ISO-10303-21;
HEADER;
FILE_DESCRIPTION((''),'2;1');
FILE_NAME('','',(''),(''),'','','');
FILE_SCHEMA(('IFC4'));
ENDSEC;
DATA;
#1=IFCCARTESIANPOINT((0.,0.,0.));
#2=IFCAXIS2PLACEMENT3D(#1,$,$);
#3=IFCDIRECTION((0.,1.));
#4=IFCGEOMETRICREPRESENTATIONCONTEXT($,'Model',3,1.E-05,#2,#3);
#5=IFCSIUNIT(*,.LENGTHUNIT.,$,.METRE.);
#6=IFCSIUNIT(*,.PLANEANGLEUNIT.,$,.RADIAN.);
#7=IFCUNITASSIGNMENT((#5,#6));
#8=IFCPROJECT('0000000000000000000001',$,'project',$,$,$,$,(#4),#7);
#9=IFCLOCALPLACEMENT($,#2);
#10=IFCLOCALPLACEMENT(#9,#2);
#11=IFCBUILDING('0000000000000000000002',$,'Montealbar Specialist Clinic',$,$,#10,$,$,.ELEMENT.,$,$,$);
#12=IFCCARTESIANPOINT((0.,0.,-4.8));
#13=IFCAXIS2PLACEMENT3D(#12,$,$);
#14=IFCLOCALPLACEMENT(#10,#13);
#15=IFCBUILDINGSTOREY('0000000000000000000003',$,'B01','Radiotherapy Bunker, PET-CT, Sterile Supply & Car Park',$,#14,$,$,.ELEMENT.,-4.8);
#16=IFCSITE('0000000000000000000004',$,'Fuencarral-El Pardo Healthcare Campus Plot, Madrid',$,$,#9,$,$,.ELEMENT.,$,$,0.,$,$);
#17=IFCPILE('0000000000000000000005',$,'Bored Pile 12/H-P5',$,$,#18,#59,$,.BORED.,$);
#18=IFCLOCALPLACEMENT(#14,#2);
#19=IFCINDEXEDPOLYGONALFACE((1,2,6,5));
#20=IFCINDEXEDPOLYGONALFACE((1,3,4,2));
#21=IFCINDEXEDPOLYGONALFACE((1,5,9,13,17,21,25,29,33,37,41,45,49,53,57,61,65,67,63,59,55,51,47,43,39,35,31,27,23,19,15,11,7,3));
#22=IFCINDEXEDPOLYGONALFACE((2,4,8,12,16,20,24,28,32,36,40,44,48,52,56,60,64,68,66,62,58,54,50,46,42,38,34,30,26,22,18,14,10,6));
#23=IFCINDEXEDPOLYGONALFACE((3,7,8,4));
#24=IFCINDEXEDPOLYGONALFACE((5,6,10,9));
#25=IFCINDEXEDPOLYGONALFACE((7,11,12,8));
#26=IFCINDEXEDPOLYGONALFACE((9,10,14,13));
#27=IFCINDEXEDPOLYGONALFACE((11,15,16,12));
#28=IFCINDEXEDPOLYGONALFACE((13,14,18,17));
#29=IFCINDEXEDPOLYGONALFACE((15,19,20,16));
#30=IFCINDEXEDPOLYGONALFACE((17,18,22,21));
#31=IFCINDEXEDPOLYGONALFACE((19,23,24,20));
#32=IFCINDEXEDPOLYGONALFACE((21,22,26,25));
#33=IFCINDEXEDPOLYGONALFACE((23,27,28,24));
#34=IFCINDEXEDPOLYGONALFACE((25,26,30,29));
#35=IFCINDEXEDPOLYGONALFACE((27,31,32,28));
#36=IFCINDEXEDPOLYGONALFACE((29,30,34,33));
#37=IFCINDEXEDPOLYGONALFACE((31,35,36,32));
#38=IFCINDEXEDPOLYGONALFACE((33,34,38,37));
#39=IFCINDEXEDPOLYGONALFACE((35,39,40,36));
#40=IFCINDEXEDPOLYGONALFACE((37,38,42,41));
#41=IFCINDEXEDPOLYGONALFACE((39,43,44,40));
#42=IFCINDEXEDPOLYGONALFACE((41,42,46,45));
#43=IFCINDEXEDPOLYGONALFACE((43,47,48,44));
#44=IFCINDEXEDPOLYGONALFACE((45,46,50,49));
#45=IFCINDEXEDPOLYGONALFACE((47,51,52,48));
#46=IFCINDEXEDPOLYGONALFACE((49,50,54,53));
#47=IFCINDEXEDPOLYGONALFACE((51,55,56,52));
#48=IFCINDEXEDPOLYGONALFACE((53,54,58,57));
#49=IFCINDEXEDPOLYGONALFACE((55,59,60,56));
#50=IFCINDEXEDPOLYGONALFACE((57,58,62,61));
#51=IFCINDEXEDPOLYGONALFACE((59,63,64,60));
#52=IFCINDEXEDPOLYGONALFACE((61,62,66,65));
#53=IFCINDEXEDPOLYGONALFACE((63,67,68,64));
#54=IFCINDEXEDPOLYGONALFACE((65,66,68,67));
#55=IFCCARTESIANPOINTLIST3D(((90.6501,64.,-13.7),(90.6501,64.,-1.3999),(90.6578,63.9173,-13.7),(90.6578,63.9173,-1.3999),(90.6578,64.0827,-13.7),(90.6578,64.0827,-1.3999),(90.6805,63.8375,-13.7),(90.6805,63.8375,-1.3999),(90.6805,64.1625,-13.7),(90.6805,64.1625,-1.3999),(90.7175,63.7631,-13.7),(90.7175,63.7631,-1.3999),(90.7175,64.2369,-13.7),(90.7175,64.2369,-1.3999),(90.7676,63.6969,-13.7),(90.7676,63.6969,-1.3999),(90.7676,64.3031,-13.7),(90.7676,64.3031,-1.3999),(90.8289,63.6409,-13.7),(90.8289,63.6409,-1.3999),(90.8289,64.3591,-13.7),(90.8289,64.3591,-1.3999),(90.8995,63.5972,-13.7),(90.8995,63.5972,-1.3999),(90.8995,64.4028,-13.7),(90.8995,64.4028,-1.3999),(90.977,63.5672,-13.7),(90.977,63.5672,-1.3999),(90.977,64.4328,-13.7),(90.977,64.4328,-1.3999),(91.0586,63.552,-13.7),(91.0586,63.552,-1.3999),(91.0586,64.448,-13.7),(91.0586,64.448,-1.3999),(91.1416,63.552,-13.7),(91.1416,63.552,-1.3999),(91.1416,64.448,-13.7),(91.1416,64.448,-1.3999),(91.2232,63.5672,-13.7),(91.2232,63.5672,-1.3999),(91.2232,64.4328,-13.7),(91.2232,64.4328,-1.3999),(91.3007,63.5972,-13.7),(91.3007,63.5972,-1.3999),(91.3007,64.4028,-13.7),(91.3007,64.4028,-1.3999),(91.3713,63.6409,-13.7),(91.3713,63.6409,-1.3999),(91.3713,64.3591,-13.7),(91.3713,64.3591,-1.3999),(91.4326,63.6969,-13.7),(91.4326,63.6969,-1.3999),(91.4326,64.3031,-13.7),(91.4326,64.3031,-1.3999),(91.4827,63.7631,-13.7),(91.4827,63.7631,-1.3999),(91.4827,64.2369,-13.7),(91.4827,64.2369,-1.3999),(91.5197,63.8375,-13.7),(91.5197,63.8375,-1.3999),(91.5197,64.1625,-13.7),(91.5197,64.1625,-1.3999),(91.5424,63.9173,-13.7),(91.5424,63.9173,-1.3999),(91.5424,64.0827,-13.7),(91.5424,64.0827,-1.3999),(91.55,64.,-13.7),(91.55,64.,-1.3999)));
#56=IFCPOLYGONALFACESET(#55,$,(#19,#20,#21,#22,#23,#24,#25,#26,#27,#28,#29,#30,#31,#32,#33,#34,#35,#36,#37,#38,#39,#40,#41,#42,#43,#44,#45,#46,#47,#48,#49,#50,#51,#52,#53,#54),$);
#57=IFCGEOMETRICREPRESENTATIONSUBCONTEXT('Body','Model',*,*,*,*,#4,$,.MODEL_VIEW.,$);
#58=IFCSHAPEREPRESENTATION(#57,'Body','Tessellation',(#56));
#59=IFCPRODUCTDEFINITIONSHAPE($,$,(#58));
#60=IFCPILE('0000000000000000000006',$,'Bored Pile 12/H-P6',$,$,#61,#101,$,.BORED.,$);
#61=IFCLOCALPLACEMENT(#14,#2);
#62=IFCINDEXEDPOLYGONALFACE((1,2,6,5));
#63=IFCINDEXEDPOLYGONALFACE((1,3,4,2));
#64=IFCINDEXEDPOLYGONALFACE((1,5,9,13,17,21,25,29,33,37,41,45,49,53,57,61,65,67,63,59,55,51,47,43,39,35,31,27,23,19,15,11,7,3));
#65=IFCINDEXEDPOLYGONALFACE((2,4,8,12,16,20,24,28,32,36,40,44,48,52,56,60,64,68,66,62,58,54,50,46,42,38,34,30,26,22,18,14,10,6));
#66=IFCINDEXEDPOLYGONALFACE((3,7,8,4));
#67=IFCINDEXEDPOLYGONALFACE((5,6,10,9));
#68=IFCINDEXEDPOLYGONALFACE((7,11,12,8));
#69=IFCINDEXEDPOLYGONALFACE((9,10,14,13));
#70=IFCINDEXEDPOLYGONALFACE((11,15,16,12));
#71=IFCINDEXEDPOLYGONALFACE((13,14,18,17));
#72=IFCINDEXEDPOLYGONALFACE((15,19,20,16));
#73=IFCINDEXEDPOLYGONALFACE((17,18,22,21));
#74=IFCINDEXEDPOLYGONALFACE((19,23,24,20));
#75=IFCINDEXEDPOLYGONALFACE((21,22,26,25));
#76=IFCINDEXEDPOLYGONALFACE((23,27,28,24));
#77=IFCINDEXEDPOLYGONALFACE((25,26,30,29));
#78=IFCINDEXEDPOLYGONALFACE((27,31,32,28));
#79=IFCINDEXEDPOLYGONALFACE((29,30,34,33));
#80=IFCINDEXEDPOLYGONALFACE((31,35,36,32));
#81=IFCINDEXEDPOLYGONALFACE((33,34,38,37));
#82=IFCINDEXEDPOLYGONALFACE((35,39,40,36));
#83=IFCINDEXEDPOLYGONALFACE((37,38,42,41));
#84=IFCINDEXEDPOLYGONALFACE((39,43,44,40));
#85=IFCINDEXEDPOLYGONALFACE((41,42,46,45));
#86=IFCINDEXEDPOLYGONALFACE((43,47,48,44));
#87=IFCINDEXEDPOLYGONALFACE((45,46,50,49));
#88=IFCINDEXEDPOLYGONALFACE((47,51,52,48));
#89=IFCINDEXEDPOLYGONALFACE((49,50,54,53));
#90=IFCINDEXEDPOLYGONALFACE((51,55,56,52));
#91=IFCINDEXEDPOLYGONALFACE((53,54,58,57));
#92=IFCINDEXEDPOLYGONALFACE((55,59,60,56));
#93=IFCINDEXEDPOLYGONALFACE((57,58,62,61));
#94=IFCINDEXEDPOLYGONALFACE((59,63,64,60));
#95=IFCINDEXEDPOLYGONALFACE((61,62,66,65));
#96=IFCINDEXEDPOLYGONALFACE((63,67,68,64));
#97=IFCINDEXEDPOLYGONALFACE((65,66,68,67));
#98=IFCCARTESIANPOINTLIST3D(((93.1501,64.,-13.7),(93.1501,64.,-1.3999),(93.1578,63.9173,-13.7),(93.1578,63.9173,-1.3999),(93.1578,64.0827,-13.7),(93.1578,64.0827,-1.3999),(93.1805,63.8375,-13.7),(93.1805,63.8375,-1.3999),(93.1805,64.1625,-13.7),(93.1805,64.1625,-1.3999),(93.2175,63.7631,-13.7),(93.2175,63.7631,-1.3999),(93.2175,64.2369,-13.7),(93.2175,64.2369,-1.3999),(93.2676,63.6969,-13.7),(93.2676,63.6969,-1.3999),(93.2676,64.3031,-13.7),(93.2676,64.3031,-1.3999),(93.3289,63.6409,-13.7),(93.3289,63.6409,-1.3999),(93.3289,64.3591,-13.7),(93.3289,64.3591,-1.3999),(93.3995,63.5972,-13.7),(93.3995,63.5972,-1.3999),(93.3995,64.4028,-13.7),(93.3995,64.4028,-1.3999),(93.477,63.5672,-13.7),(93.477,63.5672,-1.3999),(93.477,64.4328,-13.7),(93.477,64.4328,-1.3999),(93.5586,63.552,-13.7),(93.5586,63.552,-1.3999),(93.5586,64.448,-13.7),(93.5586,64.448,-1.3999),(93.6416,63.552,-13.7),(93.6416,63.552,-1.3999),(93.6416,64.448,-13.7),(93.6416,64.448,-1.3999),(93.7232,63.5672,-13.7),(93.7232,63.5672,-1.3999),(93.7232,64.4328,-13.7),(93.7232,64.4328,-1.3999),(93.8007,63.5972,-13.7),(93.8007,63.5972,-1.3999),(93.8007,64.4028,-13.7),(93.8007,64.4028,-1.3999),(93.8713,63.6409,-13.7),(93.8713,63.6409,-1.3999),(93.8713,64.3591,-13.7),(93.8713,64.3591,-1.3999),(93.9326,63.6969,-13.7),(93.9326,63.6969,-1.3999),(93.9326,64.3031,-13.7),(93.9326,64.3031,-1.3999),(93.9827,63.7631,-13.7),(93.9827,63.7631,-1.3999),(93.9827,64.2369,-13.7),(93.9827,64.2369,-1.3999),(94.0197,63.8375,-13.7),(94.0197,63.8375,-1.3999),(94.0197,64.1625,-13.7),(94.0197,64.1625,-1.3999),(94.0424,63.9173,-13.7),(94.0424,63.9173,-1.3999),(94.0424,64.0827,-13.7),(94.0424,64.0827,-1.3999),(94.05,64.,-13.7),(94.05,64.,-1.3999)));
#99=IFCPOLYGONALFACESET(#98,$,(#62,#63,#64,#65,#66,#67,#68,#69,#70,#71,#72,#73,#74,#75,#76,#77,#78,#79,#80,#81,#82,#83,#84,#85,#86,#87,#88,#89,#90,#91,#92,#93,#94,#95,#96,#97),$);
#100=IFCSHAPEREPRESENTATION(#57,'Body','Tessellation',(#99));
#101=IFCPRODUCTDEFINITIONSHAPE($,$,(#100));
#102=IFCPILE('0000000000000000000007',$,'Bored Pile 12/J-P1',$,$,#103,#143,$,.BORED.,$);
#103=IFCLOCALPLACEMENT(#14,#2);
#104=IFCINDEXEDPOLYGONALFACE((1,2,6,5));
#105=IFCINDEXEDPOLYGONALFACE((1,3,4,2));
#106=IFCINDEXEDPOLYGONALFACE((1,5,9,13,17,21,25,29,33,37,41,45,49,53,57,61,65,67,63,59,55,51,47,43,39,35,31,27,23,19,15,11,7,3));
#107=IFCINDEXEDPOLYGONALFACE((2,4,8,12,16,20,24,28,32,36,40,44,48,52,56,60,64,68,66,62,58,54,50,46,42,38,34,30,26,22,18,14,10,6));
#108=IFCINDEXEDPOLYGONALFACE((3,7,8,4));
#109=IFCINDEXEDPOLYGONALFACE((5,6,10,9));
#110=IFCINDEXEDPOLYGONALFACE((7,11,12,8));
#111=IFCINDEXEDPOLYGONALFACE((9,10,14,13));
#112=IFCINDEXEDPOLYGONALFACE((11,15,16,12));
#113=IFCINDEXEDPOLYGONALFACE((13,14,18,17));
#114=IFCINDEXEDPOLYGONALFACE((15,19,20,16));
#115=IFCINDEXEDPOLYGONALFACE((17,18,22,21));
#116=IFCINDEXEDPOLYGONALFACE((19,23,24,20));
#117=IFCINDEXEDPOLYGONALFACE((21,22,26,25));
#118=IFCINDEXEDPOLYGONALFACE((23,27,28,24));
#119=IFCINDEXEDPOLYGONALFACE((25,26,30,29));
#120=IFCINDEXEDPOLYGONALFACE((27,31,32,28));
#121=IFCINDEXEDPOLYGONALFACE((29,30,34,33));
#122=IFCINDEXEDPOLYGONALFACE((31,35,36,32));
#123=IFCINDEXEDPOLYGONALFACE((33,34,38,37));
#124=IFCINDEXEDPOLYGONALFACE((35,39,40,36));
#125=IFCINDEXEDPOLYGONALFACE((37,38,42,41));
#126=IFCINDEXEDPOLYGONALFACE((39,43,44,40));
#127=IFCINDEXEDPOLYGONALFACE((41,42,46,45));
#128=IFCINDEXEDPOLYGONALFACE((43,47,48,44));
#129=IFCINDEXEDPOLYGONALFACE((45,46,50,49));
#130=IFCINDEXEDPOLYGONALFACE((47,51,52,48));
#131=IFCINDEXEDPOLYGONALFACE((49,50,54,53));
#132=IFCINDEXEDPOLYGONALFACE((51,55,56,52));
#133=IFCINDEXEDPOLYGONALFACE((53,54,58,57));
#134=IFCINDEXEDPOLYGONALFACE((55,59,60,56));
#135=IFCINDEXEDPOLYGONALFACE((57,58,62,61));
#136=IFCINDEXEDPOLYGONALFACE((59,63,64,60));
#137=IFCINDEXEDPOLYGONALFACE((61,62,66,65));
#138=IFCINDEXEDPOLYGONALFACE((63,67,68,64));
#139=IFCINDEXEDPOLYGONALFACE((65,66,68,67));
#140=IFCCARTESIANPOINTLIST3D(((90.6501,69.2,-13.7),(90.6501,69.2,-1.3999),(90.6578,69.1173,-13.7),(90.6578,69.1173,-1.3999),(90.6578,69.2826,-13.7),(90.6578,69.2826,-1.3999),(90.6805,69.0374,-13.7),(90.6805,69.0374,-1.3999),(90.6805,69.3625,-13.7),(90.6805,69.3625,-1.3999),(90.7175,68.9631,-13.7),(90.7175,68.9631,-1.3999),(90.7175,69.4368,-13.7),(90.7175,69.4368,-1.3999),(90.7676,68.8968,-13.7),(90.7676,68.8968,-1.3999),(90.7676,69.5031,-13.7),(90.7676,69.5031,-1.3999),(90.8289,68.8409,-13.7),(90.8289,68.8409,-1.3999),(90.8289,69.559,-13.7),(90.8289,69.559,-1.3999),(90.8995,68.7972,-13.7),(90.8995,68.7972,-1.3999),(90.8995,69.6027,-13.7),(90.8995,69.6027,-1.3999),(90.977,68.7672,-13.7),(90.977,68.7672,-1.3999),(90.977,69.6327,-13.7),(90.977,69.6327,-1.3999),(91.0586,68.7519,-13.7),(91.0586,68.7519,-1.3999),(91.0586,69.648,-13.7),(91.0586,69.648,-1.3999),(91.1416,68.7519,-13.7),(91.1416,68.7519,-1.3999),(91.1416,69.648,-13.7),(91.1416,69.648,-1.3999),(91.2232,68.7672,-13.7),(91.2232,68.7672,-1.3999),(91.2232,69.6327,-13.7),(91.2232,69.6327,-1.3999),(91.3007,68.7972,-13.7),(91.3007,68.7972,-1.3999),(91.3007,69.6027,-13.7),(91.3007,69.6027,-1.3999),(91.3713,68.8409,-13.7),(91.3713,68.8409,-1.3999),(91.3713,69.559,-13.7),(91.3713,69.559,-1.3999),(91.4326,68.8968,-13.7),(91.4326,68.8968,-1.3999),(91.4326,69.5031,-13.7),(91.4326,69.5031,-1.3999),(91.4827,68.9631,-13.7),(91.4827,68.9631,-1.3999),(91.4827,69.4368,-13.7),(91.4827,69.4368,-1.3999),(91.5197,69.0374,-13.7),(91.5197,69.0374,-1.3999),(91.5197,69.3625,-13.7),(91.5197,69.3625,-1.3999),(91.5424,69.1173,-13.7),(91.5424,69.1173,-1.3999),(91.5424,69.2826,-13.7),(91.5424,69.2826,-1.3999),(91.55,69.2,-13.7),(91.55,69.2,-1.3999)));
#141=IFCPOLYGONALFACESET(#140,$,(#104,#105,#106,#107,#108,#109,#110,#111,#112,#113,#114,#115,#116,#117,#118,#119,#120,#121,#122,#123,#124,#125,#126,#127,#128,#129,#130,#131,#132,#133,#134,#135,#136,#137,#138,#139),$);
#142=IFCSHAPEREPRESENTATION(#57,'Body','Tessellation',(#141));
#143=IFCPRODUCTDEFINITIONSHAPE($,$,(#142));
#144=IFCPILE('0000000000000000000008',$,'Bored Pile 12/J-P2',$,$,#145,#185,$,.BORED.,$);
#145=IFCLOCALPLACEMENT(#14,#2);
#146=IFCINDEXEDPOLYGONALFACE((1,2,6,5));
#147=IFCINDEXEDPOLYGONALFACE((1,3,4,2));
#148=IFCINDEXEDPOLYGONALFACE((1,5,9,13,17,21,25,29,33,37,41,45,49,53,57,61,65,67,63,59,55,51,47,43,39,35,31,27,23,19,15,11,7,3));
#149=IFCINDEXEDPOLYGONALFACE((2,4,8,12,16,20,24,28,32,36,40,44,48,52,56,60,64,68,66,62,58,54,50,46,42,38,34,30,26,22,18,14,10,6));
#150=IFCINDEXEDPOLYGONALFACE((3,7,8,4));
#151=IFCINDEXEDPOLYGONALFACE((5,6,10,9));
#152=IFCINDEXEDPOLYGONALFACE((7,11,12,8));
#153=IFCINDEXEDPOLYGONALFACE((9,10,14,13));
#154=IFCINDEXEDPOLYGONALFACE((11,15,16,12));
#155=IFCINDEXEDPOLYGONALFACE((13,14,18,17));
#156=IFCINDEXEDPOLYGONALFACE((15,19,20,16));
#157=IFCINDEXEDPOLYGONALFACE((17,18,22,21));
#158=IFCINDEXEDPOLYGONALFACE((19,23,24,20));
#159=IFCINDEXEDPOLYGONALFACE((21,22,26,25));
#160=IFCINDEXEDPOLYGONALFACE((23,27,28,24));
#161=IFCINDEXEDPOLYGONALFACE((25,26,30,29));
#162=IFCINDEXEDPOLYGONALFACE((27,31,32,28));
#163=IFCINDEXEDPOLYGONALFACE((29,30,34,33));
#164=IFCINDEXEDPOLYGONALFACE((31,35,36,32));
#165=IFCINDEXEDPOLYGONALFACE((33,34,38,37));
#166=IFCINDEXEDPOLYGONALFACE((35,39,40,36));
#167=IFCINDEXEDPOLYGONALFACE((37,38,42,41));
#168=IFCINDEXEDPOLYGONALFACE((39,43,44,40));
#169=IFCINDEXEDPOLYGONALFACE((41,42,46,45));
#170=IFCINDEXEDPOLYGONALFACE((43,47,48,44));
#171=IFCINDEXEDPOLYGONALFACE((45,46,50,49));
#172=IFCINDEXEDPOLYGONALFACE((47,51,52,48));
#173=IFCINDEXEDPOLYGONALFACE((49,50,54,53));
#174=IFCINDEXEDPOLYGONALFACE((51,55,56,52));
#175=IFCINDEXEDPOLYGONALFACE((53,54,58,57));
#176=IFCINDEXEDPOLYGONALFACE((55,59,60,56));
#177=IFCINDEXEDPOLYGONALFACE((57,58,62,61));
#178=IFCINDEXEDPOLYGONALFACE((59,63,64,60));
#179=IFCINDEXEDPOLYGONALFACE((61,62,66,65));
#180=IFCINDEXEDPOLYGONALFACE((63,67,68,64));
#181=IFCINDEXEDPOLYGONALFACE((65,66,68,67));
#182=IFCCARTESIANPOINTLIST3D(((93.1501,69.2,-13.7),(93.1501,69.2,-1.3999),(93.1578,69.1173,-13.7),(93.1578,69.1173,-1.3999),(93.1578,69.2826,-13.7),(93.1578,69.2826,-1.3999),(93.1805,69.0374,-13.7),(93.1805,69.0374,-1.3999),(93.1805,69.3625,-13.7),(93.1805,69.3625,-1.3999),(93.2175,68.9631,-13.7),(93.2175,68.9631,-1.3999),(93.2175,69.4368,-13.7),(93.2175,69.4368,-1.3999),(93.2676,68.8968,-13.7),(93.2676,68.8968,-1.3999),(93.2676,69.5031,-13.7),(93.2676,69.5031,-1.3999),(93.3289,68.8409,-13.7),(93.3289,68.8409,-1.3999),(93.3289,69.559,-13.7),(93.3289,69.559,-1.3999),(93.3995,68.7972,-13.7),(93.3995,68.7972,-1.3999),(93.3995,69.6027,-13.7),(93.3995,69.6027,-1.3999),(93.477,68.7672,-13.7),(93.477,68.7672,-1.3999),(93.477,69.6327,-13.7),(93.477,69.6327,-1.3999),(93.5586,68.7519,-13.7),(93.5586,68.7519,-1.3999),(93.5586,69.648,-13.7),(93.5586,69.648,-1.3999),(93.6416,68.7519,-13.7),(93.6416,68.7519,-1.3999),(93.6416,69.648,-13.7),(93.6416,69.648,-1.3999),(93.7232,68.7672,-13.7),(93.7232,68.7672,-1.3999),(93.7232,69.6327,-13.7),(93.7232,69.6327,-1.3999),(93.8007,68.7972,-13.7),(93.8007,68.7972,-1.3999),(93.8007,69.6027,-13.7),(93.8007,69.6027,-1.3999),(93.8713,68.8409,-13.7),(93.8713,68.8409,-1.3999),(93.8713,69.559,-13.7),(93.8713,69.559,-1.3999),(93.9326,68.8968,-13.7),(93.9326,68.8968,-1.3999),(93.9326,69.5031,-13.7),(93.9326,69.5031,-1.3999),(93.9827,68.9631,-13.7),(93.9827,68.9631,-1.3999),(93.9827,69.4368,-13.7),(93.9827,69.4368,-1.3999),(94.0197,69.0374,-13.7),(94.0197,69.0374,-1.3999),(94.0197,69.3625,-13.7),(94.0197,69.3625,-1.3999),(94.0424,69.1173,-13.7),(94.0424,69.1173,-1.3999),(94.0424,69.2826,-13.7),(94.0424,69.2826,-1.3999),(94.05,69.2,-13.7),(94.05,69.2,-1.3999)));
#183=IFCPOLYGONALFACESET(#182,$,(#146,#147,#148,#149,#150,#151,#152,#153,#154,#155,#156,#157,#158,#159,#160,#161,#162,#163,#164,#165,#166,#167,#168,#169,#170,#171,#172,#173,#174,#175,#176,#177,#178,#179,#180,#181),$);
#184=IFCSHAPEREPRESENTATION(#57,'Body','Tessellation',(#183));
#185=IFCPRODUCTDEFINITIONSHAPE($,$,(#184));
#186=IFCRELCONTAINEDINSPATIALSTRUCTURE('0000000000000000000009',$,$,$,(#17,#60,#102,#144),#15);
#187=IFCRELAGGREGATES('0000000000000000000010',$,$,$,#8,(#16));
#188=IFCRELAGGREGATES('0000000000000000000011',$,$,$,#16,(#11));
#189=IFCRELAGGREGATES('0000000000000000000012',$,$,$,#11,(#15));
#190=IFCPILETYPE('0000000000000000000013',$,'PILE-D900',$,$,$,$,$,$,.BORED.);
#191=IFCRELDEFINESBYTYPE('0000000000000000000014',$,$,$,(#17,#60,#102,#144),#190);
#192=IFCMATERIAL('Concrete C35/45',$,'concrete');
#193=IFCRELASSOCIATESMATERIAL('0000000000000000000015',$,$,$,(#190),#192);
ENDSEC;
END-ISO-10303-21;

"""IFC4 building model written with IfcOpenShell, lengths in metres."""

from ifc_helpers import new_model, si_unit, direction, frame, origin, origin_2d, place, context, subcontext, project, spatial, circle, extrude, material, material_profile, profile_set, type_object, element, save


model = new_model("IFC4")

# Units and contexts
model_context = context("Model", 3, precision=1e-05, world=origin(), true_north=direction((0.0, 1.0)))
body_context = subcontext(model_context, "Body", "Model", "MODEL_VIEW")
ifc_project = project(units=[si_unit("LENGTHUNIT", "METRE"), si_unit("PLANEANGLEUNIT", "RADIAN")], contexts=[model_context])

# Site, building, storey
site_placement = place(None, origin())
site = spatial("IfcSite", under=ifc_project, at=site_placement, Name="Fuencarral-El Pardo Healthcare Campus Plot, Madrid", CompositionType="ELEMENT", RefElevation=0.0)
building_placement = place(site_placement, origin())
building = spatial("IfcBuilding", under=site, at=building_placement, Name="Montealbar Specialist Clinic", CompositionType="ELEMENT")
storey_placement = place(building_placement, frame((0.0, 0.0, -4.8)))
storey = spatial("IfcBuildingStorey", under=building, at=storey_placement, Name="B01", Description="Radiotherapy Bunker, PET-CT, Sterile Supply & Car Park", CompositionType="ELEMENT", Elevation=-4.8)

# Shared definitions
ifc_material_1 = material(Name="Concrete C35/45", Category="concrete")

# Piles
ifc_material_profile_1 = material_profile(ifc_material_1, circle(Radius=0.45, at=origin_2d()), Name="PILE D900", Category="concrete")
ifc_profile_set_1 = profile_set([ifc_material_profile_1], Name="Concrete C35/45")
pile_type_1 = type_object("IfcPileType", Name="PILE-D900", PredefinedType="BORED", material=ifc_profile_set_1)
for number, where, z_axis, x_axis, name in (
    (1, (91.1001, 64.0, -1.3999), (0.0, 0.0, -1.0), (1.0, 0.0, 0.0), "Bored Pile 12/H-P5"),
    (2, (93.6001, 64.0, -1.3999), (0.0, 0.0, -1.0), (1.0, 0.0, 0.0), "Bored Pile 12/H-P6"),
    (3, (91.1001, 69.2, -1.3999), (0.0, 0.0, -1.0), (1.0, 0.0, 0.0), "Bored Pile 12/J-P1"),
    (4, (93.6001, 69.2, -1.3999), (0.0, 0.0, -1.0), (1.0, 0.0, 0.0), "Bored Pile 12/J-P2"),
):
    element("IfcPile", number, at=place(storey_placement, frame(where, z_axis=z_axis, x_axis=x_axis)), inside=storey, type_object=pile_type_1, Name=name, PredefinedType="BORED", context=body_context, shape_type="SweptSolid", body=[
        extrude(circle(Radius=0.45, at=origin_2d()), origin(), (0.0, 0.0, 1.0), 12.3),
    ])

save(model, "model.ifc")
